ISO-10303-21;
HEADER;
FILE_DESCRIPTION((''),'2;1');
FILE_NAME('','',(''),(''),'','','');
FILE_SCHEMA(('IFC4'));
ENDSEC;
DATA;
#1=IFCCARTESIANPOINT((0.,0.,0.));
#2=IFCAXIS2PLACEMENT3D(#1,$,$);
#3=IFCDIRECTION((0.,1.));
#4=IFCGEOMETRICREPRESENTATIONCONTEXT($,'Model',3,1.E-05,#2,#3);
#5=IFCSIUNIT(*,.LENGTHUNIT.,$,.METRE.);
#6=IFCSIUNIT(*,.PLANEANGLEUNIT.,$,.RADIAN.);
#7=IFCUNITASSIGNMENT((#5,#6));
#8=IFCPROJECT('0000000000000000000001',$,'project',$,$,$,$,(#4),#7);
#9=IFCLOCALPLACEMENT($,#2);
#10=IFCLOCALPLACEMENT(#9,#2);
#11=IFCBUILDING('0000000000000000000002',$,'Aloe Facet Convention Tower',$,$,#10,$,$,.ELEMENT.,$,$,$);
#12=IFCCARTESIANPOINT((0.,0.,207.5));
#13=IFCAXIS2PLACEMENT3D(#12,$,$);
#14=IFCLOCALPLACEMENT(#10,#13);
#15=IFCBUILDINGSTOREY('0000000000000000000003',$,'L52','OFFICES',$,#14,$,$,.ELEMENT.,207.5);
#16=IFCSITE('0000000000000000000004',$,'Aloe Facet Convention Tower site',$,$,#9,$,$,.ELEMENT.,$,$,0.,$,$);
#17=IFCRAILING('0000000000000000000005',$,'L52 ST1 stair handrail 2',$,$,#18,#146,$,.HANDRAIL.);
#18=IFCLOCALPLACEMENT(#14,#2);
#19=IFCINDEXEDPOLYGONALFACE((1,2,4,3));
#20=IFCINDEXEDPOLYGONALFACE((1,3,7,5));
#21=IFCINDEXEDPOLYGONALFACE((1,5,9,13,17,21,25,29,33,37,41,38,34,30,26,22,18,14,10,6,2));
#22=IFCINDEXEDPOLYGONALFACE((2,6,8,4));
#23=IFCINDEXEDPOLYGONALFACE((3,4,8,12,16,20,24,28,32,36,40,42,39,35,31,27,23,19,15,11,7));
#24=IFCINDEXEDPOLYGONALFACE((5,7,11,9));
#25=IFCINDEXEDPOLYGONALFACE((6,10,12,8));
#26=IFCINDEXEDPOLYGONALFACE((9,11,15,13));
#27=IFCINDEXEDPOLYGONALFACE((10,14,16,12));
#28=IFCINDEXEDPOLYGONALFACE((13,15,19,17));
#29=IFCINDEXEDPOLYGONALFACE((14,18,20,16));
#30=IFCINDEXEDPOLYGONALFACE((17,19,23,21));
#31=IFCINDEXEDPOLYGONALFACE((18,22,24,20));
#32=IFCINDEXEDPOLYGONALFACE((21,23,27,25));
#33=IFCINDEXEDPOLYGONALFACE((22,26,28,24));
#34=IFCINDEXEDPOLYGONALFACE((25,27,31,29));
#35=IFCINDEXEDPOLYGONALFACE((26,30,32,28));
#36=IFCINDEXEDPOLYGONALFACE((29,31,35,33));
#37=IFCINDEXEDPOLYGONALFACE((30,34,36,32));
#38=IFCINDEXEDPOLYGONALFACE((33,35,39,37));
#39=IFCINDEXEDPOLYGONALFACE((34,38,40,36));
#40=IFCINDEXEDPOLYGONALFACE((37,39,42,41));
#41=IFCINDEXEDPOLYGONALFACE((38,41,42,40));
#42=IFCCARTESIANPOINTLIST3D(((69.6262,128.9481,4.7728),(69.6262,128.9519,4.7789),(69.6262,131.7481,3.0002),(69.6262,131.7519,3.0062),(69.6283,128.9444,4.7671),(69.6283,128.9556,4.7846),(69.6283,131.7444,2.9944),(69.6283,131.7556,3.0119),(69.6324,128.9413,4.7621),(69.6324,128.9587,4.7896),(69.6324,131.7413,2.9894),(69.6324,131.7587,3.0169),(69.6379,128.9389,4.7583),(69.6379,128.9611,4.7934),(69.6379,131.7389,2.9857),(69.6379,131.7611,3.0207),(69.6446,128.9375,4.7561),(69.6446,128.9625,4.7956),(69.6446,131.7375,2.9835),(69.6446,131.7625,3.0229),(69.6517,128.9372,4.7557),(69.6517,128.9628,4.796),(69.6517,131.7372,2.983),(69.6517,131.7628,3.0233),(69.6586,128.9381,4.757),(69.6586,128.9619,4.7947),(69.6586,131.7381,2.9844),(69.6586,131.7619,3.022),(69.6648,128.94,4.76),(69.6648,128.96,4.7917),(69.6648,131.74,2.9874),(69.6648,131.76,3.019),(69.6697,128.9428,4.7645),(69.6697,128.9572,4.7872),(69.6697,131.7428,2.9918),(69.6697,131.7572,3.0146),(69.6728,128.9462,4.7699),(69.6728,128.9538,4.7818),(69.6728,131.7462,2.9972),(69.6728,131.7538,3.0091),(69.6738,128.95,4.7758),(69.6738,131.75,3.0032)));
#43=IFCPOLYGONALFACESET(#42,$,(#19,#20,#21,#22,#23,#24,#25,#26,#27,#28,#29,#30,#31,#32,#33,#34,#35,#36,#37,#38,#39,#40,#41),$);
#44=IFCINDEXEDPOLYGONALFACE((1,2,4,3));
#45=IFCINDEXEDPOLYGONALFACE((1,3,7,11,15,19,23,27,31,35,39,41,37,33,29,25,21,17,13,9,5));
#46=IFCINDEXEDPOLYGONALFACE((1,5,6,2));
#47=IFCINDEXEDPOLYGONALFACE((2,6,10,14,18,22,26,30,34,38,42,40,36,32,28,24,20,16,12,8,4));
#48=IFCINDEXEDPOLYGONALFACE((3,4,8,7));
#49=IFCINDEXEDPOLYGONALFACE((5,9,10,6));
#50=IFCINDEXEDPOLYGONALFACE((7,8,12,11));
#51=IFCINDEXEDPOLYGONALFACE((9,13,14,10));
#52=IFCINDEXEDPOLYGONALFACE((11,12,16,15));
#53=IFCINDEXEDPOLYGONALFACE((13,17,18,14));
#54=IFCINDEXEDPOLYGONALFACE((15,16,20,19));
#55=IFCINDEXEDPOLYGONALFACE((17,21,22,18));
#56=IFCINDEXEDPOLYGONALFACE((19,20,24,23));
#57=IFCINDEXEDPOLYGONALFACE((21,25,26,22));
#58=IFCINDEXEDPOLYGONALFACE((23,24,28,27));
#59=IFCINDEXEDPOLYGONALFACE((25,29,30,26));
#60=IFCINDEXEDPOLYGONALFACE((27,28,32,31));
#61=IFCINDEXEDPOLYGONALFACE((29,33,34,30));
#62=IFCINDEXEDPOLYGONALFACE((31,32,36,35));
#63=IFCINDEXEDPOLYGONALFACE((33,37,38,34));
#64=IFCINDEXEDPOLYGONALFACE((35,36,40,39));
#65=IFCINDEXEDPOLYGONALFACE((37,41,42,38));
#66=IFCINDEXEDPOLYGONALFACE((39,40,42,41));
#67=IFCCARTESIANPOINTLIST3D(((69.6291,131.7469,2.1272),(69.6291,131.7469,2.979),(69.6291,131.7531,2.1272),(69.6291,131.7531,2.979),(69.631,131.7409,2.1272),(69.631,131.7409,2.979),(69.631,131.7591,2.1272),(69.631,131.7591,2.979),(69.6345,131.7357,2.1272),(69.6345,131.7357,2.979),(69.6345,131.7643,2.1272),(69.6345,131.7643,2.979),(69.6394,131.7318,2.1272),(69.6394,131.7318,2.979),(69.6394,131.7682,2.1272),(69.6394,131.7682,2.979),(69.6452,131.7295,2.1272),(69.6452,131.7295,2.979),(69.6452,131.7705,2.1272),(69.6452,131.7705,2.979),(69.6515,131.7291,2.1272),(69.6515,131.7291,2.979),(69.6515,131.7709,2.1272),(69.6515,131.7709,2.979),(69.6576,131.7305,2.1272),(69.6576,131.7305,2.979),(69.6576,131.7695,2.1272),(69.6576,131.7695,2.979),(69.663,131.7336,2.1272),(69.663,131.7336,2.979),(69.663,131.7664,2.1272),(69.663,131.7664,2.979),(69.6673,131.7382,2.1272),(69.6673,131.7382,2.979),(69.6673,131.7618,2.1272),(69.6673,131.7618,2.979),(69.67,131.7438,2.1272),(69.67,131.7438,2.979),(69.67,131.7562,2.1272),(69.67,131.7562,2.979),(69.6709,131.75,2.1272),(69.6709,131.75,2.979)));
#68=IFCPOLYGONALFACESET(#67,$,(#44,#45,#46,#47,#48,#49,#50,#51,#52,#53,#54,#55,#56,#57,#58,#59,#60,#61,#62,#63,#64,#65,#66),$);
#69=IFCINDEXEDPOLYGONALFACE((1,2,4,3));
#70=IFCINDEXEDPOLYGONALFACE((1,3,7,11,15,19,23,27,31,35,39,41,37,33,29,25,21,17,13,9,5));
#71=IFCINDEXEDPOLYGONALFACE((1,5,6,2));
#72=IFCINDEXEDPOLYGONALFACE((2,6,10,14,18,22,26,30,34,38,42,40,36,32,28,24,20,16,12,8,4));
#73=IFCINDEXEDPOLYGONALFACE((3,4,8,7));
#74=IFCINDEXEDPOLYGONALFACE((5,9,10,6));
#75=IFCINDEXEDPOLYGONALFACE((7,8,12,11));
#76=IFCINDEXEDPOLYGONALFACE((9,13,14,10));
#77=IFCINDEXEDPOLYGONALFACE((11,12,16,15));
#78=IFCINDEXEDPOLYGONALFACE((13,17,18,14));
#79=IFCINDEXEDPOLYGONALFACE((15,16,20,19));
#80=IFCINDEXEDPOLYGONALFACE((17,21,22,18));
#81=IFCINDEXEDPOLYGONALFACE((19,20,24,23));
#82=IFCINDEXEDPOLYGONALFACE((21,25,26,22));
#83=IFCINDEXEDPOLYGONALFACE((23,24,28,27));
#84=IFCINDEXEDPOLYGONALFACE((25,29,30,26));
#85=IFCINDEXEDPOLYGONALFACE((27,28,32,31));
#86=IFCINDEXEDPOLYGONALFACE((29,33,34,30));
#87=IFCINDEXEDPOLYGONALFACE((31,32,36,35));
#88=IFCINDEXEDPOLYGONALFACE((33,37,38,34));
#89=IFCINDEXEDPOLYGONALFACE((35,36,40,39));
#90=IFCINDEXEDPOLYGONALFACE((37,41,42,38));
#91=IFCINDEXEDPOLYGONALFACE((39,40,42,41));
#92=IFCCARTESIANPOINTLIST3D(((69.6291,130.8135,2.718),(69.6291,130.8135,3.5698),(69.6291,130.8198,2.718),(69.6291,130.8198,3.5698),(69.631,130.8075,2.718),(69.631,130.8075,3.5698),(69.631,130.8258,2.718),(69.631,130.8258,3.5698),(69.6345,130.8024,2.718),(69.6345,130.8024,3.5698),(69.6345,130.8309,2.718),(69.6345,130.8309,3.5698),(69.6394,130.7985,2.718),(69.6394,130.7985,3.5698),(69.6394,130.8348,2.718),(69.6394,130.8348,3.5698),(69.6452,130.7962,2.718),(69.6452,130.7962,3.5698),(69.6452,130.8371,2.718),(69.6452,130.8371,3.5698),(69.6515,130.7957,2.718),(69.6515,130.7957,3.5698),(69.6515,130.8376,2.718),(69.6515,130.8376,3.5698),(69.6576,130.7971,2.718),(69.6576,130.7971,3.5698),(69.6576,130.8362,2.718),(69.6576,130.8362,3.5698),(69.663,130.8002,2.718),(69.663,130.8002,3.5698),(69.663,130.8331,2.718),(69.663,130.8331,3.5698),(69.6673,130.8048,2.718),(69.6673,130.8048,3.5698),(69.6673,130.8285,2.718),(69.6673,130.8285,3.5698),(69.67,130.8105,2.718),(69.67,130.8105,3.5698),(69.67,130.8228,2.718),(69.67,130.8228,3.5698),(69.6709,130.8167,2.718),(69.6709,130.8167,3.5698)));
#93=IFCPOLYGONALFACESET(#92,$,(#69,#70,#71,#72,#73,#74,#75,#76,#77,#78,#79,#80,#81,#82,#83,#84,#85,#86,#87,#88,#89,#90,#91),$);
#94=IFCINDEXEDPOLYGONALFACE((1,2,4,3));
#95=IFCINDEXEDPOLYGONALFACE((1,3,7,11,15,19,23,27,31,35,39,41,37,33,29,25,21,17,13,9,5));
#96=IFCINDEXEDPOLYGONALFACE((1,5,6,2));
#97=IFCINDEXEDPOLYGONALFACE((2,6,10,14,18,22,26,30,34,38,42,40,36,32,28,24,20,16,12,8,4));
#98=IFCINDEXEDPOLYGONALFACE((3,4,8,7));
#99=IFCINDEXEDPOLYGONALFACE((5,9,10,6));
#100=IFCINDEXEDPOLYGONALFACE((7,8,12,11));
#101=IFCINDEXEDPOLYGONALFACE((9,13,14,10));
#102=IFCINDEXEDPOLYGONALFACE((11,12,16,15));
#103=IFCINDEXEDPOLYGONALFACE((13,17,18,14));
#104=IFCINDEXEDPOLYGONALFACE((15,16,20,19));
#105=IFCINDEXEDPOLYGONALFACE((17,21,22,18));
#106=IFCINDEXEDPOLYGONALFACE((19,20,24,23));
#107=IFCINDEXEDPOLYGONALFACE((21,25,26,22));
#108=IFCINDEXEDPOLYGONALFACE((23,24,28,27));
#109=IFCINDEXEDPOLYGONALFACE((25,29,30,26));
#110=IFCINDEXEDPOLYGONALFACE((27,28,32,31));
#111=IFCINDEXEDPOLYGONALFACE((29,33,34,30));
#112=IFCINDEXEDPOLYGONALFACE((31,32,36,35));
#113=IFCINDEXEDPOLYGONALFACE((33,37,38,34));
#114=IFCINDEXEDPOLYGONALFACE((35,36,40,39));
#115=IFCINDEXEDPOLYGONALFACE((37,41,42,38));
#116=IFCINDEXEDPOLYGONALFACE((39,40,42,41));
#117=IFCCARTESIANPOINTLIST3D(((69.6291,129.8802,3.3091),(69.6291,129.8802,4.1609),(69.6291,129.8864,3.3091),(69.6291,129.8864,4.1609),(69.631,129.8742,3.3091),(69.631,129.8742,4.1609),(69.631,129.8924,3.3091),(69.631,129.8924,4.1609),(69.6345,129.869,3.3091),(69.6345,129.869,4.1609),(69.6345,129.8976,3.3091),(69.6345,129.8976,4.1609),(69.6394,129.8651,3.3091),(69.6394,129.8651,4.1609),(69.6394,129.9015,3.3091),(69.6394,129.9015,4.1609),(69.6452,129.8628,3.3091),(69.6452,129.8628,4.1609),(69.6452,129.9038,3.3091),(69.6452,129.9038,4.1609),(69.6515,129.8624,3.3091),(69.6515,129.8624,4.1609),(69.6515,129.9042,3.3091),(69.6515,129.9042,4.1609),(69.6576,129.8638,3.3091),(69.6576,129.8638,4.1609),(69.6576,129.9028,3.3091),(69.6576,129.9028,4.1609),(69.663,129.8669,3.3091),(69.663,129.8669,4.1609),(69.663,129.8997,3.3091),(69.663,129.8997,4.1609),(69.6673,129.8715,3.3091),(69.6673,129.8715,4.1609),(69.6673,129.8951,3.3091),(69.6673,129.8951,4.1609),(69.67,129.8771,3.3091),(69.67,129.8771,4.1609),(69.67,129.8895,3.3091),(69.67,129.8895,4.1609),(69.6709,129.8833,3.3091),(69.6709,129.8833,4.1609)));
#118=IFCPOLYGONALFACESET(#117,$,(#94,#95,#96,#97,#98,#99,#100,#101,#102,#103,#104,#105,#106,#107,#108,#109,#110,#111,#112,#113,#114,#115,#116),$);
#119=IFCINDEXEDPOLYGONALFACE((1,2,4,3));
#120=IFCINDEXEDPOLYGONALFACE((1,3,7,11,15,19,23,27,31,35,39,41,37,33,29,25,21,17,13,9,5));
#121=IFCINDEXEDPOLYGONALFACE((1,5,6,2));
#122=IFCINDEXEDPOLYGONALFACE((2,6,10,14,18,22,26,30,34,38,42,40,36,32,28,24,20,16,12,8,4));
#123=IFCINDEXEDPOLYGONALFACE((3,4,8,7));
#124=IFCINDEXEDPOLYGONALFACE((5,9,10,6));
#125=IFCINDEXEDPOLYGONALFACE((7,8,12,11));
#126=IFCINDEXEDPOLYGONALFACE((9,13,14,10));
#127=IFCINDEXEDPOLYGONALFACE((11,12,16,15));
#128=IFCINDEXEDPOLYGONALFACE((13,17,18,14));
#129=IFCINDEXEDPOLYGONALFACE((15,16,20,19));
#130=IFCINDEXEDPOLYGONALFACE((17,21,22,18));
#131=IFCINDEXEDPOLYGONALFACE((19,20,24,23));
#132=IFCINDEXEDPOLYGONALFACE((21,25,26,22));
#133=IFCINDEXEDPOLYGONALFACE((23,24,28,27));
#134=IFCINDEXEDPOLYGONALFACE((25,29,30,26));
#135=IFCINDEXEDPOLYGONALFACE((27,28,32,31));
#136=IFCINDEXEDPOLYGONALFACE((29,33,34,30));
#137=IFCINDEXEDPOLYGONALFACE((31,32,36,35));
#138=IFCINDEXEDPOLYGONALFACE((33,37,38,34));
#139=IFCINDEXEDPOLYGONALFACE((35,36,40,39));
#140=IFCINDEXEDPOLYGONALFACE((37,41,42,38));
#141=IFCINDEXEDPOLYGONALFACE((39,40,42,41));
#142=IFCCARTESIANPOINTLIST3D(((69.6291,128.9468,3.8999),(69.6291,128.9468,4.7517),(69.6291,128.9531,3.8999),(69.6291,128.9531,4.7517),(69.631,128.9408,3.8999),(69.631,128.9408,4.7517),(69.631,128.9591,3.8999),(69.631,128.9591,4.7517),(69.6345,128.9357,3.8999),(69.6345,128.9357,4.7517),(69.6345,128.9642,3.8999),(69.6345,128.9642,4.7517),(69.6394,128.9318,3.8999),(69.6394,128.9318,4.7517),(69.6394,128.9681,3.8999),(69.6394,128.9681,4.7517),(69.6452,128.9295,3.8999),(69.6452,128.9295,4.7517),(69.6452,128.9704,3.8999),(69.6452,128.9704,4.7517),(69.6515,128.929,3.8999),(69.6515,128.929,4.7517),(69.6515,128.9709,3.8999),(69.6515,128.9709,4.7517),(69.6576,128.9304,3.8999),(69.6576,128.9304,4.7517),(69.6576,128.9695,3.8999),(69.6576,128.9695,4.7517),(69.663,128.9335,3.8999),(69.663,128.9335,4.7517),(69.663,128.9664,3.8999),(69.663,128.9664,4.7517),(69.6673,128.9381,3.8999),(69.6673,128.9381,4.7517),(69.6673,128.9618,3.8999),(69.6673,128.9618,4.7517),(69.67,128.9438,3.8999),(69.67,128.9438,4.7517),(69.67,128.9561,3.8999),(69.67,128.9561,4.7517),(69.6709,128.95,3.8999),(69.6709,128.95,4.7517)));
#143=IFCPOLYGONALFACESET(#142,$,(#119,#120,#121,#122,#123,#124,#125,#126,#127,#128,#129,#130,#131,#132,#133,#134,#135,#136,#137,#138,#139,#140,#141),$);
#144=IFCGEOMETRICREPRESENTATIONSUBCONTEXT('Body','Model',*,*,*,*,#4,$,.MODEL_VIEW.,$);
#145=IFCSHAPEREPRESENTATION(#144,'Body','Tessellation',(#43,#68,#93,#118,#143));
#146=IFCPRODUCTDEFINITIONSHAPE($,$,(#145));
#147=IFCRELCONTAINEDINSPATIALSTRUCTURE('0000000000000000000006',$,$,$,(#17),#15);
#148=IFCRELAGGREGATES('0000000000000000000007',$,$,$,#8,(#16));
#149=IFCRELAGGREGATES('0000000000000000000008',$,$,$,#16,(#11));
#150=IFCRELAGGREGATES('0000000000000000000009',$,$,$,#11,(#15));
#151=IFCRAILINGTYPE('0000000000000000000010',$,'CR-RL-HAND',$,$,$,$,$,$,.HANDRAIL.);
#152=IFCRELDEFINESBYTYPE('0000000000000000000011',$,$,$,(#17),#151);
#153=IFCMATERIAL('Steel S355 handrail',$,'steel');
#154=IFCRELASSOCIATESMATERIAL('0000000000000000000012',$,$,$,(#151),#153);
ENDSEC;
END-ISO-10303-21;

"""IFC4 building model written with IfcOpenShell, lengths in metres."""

from ifc_helpers import new_model, si_unit, direction, frame, origin, origin_2d, place, context, subcontext, project, spatial, circle, extrude, material, type_object, element, save


model = new_model("IFC4")

# Units and contexts
model_context = context("Model", 3, precision=1e-05, world=origin(), true_north=direction((0.0, 1.0)))
body_context = subcontext(model_context, "Body", "Model", "MODEL_VIEW")
ifc_project = project(units=[si_unit("LENGTHUNIT", "METRE"), si_unit("PLANEANGLEUNIT", "RADIAN")], contexts=[model_context])

# Site, building, storey
site_placement = place(None, origin())
site = spatial("IfcSite", under=ifc_project, at=site_placement, Name="Aloe Facet Convention Tower site", CompositionType="ELEMENT", RefElevation=0.0)
building_placement = place(site_placement, origin())
building = spatial("IfcBuilding", under=site, at=building_placement, Name="Aloe Facet Convention Tower", CompositionType="ELEMENT")
storey_placement = place(building_placement, frame((0.0, 0.0, 207.5)))
storey = spatial("IfcBuildingStorey", under=building, at=storey_placement, Name="L52", Description="OFFICES", CompositionType="ELEMENT", Elevation=207.5)

# Railing
ifc_material_1 = material(Name="Steel S355 handrail", Category="steel")
railing_type_1 = type_object("IfcRailingType", Name="CR-RL-HAND", PredefinedType="HANDRAIL", material=ifc_material_1)
railing_1_placement = place(storey_placement, frame((69.6499, 131.75, 2.1272)))
element("IfcRailing", 1, at=railing_1_placement, inside=storey, type_object=railing_type_1, Name="L52 ST1 stair handrail 2", PredefinedType="HANDRAIL", context=body_context, shape_type="SweptSolid", body=[
    extrude(circle(Radius=0.0239, at=origin_2d()), frame((0.0, 0.0, 0.876), z_axis=(0.0, -0.844909, 0.53491), x_axis=(1.0, 0.0, 0.0)), (0.0, 0.0, 1.0), 3.314),
    extrude(circle(Radius=0.021, at=origin_2d()), origin(), (0.0, 0.0, 1.0), 0.8518),
    extrude(circle(Radius=0.021, at=origin_2d()), frame((0.0, -0.9333, 0.5908)), (0.0, 0.0, 1.0), 0.8518),
    extrude(circle(Radius=0.021, at=origin_2d()), frame((0.0, -1.8667, 1.1819)), (0.0, 0.0, 1.0), 0.8518),
    extrude(circle(Radius=0.021, at=origin_2d()), frame((0.0, -2.8, 1.7727)), (0.0, 0.0, 1.0), 0.8518),
])

save(model, "model.ifc")
